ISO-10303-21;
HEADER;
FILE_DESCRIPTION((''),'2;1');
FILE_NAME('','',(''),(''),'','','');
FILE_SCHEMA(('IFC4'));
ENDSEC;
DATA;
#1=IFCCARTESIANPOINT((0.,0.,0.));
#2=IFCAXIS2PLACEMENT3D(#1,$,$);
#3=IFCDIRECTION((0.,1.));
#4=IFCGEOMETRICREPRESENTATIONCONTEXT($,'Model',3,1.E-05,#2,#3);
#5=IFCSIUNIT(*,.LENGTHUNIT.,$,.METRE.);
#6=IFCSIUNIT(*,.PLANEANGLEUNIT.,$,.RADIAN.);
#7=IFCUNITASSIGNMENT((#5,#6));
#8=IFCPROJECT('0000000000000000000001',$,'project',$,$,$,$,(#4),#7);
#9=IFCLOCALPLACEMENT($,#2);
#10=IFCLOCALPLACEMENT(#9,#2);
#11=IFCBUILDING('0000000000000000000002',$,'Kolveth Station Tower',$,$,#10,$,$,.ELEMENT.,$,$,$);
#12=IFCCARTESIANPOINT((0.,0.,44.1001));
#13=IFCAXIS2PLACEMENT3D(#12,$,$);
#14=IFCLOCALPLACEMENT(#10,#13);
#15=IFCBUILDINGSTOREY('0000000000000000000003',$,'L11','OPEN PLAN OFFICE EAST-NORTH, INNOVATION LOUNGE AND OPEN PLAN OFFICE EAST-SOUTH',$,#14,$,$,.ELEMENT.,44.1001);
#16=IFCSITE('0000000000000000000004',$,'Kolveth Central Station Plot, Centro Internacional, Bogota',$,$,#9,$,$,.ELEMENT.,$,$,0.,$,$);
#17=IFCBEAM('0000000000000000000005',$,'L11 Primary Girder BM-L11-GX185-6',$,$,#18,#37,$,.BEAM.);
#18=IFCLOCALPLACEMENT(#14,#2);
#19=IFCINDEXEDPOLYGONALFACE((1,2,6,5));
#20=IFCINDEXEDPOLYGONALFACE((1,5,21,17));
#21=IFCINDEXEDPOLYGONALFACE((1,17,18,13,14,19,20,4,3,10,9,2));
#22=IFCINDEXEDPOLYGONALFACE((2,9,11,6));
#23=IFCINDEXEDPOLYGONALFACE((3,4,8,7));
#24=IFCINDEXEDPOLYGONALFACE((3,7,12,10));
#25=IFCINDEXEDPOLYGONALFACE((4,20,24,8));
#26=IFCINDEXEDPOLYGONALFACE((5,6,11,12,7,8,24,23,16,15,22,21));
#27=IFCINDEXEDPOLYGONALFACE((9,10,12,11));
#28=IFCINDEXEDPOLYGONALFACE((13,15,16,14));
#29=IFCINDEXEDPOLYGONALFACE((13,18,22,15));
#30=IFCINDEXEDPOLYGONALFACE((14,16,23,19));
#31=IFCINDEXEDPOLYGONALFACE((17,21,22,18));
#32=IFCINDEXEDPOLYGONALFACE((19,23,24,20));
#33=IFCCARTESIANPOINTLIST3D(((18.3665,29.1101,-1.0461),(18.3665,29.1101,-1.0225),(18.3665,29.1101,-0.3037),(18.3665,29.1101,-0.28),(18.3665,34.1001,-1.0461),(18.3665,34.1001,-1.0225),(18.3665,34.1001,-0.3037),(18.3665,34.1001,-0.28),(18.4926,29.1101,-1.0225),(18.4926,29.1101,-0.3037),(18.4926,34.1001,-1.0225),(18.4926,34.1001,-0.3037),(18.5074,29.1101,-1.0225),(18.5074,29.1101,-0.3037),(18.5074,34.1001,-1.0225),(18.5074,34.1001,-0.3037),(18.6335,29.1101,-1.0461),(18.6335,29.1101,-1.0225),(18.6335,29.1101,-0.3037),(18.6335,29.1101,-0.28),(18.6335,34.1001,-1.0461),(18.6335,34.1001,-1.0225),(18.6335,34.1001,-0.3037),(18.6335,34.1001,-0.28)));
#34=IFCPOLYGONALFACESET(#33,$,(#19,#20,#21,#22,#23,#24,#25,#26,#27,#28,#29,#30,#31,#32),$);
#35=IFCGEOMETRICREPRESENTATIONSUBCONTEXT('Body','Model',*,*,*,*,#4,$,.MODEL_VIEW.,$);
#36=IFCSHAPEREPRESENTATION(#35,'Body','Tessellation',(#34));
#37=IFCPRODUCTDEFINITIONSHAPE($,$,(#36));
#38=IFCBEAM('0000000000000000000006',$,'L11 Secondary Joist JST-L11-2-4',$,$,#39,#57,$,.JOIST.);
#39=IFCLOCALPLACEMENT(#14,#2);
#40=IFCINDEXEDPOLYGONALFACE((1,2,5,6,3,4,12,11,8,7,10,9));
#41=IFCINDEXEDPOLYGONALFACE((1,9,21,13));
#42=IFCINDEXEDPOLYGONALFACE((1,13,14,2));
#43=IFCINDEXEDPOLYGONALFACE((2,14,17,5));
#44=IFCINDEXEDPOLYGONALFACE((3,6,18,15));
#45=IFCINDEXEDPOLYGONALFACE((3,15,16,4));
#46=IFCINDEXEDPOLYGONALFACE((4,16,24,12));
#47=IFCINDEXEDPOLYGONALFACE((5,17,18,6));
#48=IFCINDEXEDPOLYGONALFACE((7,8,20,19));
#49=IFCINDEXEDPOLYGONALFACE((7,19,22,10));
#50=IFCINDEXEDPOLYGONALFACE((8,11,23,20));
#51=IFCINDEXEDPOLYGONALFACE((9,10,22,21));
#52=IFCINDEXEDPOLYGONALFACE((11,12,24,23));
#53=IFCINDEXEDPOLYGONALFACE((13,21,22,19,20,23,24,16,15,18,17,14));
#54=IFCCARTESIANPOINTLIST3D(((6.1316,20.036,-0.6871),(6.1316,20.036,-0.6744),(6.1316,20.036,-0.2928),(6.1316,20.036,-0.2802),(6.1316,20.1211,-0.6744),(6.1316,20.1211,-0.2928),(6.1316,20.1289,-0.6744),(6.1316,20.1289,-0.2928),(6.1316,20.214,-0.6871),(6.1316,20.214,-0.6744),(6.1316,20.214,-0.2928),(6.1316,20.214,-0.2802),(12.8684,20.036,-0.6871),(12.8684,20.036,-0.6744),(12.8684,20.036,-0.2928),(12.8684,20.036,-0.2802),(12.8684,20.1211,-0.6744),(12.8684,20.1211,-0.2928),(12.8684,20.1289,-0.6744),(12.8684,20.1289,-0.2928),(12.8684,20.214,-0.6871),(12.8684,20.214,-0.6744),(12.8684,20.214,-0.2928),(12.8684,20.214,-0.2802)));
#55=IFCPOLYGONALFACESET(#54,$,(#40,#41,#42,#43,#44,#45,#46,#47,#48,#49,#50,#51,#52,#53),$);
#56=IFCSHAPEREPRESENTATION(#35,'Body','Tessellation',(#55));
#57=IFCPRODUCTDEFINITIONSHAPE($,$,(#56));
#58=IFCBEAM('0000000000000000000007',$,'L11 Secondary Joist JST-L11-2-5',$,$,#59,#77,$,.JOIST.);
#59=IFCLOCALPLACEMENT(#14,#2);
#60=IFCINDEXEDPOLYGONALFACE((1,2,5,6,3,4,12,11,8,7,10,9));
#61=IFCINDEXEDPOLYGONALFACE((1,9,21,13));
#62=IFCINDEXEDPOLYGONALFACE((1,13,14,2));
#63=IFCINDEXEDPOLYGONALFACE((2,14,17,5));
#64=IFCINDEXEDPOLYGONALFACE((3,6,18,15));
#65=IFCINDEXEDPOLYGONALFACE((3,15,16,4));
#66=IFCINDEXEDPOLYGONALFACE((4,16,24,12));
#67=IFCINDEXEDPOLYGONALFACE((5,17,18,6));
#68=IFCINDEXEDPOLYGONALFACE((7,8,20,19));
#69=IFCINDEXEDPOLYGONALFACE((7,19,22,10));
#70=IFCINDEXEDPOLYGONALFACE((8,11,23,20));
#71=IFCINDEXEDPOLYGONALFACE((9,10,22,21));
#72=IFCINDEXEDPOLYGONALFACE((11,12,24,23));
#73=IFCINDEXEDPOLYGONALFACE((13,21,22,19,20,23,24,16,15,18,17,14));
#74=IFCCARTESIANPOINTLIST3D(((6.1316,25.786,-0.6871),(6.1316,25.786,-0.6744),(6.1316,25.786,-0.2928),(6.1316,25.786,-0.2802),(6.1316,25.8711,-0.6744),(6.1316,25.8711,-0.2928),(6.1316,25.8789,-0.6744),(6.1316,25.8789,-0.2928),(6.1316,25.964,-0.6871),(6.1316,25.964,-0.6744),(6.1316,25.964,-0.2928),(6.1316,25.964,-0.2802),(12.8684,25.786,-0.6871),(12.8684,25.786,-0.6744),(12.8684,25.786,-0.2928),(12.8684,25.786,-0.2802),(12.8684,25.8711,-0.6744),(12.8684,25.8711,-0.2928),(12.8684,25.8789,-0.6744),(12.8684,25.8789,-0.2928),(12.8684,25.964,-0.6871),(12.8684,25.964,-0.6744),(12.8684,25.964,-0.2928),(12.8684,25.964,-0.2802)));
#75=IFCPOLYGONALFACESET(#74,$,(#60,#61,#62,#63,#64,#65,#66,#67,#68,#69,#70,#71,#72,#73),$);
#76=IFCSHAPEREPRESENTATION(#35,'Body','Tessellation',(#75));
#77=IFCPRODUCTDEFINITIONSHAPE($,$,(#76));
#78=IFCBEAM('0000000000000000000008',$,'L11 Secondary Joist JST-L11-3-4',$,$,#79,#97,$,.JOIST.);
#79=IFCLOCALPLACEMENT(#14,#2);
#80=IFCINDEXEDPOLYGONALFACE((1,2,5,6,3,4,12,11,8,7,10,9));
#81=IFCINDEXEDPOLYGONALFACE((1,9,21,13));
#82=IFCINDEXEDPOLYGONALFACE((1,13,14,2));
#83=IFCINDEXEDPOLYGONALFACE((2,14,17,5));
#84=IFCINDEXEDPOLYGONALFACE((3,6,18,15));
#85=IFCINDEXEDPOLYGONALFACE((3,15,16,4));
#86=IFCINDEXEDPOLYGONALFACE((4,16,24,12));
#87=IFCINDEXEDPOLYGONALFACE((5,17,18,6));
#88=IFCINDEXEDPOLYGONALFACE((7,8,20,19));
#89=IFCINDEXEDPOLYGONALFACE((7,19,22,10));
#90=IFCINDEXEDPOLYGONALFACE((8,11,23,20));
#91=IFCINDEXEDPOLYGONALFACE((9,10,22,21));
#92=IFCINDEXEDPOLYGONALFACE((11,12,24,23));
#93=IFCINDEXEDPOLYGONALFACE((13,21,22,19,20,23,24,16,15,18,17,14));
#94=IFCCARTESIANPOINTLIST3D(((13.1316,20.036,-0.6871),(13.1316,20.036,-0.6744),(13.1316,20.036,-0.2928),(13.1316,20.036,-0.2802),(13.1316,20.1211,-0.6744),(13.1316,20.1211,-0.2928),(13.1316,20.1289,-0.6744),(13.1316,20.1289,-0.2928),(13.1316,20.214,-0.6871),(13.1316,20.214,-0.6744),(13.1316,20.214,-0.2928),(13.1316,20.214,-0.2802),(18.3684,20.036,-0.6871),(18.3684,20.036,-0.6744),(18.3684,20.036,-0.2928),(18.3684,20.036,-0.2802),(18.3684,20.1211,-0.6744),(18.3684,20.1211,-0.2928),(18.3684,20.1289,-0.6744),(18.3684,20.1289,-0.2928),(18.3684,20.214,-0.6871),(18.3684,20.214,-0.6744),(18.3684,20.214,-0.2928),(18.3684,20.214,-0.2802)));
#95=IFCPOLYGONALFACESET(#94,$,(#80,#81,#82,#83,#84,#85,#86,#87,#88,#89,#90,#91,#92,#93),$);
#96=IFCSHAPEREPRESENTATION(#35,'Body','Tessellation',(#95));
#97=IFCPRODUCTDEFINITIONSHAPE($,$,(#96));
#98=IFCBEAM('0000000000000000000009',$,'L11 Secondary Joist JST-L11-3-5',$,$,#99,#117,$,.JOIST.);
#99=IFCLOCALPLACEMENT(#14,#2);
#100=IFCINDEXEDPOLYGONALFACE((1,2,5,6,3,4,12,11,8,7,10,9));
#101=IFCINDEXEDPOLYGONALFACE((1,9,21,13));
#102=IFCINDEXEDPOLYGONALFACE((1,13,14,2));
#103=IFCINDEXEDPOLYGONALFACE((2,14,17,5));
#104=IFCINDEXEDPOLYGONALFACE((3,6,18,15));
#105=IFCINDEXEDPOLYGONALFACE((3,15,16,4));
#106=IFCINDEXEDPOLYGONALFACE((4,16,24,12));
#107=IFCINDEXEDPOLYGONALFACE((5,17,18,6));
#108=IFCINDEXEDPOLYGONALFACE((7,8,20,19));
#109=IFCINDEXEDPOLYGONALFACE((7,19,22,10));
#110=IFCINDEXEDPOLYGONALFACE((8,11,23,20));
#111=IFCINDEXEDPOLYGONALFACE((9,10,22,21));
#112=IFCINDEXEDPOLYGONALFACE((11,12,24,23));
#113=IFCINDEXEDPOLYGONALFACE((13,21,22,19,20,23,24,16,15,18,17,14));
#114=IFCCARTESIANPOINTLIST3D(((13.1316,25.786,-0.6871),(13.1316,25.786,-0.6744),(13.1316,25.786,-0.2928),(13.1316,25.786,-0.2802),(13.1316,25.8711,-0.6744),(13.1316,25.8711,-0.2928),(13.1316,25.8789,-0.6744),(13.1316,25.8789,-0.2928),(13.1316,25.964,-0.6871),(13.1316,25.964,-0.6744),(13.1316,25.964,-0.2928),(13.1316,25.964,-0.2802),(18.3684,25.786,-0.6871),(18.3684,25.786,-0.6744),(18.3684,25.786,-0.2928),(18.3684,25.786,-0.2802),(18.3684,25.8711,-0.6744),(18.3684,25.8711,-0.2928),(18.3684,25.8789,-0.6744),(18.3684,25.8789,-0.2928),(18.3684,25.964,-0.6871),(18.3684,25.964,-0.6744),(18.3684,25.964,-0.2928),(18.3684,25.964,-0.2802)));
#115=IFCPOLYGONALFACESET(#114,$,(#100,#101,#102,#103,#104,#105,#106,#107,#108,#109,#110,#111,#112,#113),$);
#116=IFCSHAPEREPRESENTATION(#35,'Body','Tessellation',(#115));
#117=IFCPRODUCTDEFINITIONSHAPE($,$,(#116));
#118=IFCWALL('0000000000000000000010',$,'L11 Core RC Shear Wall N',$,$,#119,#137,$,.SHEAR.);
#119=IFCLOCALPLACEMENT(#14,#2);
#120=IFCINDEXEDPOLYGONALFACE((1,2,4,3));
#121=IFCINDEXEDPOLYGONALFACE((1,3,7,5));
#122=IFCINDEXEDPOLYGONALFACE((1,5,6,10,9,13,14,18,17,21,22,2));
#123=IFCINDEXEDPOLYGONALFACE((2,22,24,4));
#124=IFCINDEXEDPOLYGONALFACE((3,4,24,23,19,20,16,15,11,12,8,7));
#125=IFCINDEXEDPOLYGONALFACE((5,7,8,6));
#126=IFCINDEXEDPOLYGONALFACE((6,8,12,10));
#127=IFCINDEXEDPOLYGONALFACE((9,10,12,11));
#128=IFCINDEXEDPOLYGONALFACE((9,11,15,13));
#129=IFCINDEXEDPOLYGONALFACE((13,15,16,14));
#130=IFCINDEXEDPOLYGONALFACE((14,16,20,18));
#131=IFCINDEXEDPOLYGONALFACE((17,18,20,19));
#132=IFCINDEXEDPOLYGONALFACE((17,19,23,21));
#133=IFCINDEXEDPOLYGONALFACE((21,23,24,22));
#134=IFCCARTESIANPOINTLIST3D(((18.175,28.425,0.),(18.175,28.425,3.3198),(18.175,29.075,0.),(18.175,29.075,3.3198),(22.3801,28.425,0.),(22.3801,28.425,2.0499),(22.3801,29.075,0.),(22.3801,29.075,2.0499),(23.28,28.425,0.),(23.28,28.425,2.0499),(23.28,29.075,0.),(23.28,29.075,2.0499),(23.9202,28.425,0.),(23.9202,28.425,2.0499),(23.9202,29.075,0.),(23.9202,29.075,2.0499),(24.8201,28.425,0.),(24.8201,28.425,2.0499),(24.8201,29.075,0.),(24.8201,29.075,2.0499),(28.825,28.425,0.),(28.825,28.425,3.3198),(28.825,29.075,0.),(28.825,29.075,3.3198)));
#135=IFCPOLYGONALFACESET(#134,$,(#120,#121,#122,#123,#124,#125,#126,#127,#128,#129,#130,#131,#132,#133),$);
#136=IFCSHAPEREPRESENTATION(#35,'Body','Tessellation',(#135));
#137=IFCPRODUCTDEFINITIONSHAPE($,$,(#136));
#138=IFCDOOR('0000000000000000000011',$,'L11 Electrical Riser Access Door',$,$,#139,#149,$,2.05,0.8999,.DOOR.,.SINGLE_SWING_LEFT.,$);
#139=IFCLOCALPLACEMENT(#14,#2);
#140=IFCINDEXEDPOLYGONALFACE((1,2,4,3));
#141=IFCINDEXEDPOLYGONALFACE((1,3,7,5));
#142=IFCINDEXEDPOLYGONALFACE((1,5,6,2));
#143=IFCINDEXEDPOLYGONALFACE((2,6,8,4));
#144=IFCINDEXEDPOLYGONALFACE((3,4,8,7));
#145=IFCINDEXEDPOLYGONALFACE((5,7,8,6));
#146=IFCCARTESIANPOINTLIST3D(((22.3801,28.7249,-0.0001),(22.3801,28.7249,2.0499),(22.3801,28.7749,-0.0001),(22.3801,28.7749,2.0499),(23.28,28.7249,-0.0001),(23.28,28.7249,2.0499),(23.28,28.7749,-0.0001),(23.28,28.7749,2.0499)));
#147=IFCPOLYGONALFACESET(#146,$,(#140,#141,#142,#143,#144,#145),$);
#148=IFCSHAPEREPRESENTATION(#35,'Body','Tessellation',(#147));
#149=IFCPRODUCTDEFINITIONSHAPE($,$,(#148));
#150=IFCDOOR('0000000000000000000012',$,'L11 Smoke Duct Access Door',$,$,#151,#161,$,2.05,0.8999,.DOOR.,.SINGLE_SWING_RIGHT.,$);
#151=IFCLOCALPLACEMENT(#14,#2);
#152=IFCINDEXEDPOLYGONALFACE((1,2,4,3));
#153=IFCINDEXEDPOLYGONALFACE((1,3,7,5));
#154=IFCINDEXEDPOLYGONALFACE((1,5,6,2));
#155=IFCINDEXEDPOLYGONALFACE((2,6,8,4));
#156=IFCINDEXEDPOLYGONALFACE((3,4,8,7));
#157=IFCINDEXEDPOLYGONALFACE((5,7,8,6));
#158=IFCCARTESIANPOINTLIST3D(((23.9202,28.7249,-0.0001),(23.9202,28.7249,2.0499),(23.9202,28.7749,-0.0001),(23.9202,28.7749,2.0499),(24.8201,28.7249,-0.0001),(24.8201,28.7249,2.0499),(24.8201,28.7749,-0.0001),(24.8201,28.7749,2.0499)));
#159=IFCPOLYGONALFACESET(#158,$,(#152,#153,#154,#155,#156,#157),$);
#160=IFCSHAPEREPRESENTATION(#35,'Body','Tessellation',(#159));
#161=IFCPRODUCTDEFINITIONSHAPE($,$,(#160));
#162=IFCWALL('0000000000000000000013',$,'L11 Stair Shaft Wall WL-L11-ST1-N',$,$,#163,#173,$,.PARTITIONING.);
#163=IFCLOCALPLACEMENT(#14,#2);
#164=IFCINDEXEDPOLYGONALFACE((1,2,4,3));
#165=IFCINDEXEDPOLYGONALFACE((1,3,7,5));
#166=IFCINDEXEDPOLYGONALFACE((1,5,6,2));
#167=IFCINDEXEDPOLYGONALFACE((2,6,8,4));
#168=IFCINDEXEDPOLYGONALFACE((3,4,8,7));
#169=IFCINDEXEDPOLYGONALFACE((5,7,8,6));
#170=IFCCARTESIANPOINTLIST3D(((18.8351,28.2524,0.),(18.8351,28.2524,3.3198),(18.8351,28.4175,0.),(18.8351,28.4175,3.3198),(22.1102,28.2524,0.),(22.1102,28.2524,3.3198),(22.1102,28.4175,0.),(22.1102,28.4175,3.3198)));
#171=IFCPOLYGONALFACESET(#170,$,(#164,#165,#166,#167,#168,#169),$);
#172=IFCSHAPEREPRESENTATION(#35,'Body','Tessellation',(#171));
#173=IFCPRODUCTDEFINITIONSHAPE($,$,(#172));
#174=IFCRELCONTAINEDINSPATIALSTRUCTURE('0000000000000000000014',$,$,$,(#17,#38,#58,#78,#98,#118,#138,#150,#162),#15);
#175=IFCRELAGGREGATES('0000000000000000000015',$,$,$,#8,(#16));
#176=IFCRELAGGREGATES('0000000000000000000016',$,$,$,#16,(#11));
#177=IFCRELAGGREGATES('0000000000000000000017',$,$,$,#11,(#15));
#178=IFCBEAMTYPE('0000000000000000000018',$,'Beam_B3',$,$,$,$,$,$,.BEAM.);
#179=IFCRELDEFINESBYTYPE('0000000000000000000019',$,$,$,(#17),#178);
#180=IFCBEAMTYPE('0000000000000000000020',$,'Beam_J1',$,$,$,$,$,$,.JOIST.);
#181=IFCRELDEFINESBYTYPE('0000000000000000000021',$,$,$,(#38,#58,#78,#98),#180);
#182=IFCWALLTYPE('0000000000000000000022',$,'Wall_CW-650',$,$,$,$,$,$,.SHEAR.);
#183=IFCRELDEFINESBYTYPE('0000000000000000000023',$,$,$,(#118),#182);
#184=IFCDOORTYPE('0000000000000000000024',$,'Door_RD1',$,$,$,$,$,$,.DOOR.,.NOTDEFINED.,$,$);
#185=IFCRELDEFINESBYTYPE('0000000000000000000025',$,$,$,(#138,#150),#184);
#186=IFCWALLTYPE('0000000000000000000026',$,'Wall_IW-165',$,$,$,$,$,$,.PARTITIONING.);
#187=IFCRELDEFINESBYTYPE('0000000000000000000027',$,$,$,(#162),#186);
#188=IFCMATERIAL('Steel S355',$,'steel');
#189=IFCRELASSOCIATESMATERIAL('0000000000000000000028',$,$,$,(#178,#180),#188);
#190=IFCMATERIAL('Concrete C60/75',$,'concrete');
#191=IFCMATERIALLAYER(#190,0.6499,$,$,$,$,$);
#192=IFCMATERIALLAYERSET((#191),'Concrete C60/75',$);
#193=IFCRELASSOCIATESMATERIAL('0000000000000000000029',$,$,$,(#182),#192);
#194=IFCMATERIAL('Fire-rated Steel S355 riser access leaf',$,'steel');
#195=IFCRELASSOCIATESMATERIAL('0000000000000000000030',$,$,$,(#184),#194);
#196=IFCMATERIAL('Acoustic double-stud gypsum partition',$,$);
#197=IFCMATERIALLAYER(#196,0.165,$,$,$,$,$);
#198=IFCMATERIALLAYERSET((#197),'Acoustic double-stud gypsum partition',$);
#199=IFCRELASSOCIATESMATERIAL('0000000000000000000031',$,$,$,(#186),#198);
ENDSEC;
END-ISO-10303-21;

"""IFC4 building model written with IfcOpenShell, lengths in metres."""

from ifc_helpers import new_model, si_unit, direction, frame, frame_2d, origin, origin_2d, place, context, subcontext, project, spatial, rectangle, i_section, extrude, source, transform, mapped, material, layer, layer_set, material_profile, profile_set, type_object, element, fill, save


model = new_model("IFC4")

# Units and contexts
model_context = context("Model", 3, precision=1e-05, world=origin(), true_north=direction((0.0, 1.0)))
body_context = subcontext(model_context, "Body", "Model", "MODEL_VIEW")
ifc_project = project(units=[si_unit("LENGTHUNIT", "METRE"), si_unit("PLANEANGLEUNIT", "RADIAN")], contexts=[model_context])

# Site, building, storey
site_placement = place(None, origin())
site = spatial("IfcSite", under=ifc_project, at=site_placement, Name="Kolveth Central Station Plot, Centro Internacional, Bogota", CompositionType="ELEMENT", RefElevation=0.0)
building_placement = place(site_placement, origin())
building = spatial("IfcBuilding", under=site, at=building_placement, Name="Kolveth Station Tower", CompositionType="ELEMENT")
storey_placement = place(building_placement, frame((0.0, 0.0, 44.1001)))
storey = spatial("IfcBuildingStorey", under=building, at=storey_placement, Name="L11", Description="OPEN PLAN OFFICE EAST-NORTH, INNOVATION LOUNGE AND OPEN PLAN OFFICE EAST-SOUTH", CompositionType="ELEMENT", Elevation=44.1001)

# Beams
ifc_material_1 = material(Name="Steel S355", Category="steel")
ifc_material_profile_1 = material_profile(ifc_material_1, i_section(OverallWidth=0.2671, OverallDepth=0.7661, WebThickness=0.0149, FlangeThickness=0.0237, at=origin_2d()), Name="W760x185")
ifc_profile_set_1 = profile_set([ifc_material_profile_1], Name="Steel S355")
beam_type_1 = type_object("IfcBeamType", Name="Beam_B3", PredefinedType="BEAM", material=ifc_profile_set_1)
shared_shape_1 = source(origin(), body_context, "Body", "SweptSolid", [
    extrude(i_section(OverallWidth=0.2671, OverallDepth=0.7661, WebThickness=0.0149, FlangeThickness=0.0237, at=origin_2d()), origin(), (0.0, 0.0, 1.0), 4.99),
])
beam_1_placement = place(storey_placement, frame((18.5, 29.1101, -0.6631), z_axis=(0.0, 1.0, 0.0), x_axis=(-1.0, 0.0, 0.0)))
element("IfcBeam", 1, at=beam_1_placement, inside=storey, type_object=beam_type_1, Name="L11 Primary Girder BM-L11-GX185-6", PredefinedType="BEAM", context=body_context, shape_type="MappedRepresentation", body=[
    mapped(shared_shape_1, transform((0.0, 0.0, 0.0), x_axis=(1.0, 0.0, 0.0), y_axis=(0.0, 1.0, 0.0), z_axis=(0.0, 0.0, 1.0), scale=1.0)),
])
ifc_material_profile_2 = material_profile(ifc_material_1, i_section(OverallWidth=0.178, OverallDepth=0.407, WebThickness=0.0078, FlangeThickness=0.0127, at=origin_2d()), Name="W410x60")
ifc_profile_set_2 = profile_set([ifc_material_profile_2], Name="Steel S355")
beam_type_2 = type_object("IfcBeamType", Name="Beam_J1", PredefinedType="JOIST", material=ifc_profile_set_2)
shared_shape_2 = source(origin(), body_context, "Body", "SweptSolid", [
    extrude(i_section(OverallWidth=0.178, OverallDepth=0.407, WebThickness=0.0078, FlangeThickness=0.0127, at=origin_2d()), origin(), (0.0, 0.0, 1.0), 6.7368),
])
for number, where, z_axis, x_axis, name in (
    (2, (6.1316, 20.125, -0.4836), (1.0, 0.0, 0.0), (0.0, 1.0, 0.0), "L11 Secondary Joist JST-L11-2-4"),
    (3, (6.1316, 25.875, -0.4836), (1.0, 0.0, 0.0), (0.0, 1.0, 0.0), "L11 Secondary Joist JST-L11-2-5"),
):
    element("IfcBeam", number, at=place(storey_placement, frame(where, z_axis=z_axis, x_axis=x_axis)), inside=storey, type_object=beam_type_2, Name=name, PredefinedType="JOIST", context=body_context, shape_type="MappedRepresentation", body=[
        mapped(shared_shape_2, transform((0.0, 0.0, 0.0), x_axis=(1.0, 0.0, 0.0), y_axis=(0.0, 1.0, 0.0), z_axis=(0.0, 0.0, 1.0), scale=1.0)),
    ])
shared_shape_3 = source(origin(), body_context, "Body", "SweptSolid", [
    extrude(i_section(OverallWidth=0.178, OverallDepth=0.407, WebThickness=0.0078, FlangeThickness=0.0127, at=origin_2d()), origin(), (0.0, 0.0, 1.0), 5.2368),
])
for number, where, z_axis, x_axis, name in (
    (4, (13.1316, 20.125, -0.4836), (1.0, 0.0, 0.0), (0.0, 1.0, 0.0), "L11 Secondary Joist JST-L11-3-4"),
    (5, (13.1316, 25.875, -0.4836), (1.0, 0.0, 0.0), (0.0, 1.0, 0.0), "L11 Secondary Joist JST-L11-3-5"),
):
    element("IfcBeam", number, at=place(storey_placement, frame(where, z_axis=z_axis, x_axis=x_axis)), inside=storey, type_object=beam_type_2, Name=name, PredefinedType="JOIST", context=body_context, shape_type="MappedRepresentation", body=[
        mapped(shared_shape_3, transform((0.0, 0.0, 0.0), x_axis=(1.0, 0.0, 0.0), y_axis=(0.0, 1.0, 0.0), z_axis=(0.0, 0.0, 1.0), scale=1.0)),
    ])

# Wall, openings, doors
ifc_material_2 = material(Name="Concrete C60/75", Category="concrete")
ifc_layer_1 = layer(ifc_material_2, 0.6499)
ifc_layer_set_1 = layer_set([ifc_layer_1], Name="Concrete C60/75")
wall_type_1 = type_object("IfcWallType", Name="Wall_CW-650", PredefinedType="SHEAR", material=ifc_layer_set_1)
wall_1_placement = place(storey_placement, frame((18.175, 28.75, 0.0), z_axis=(0.0, 0.0, 1.0), x_axis=(1.0, 0.0, 0.0)))
wall_1 = element("IfcWall", 6, at=wall_1_placement, inside=storey, type_object=wall_type_1, Name="L11 Core RC Shear Wall N", PredefinedType="SHEAR", context=body_context, shape_type="SweptSolid", body=[
    extrude(rectangle(XDim=10.6499, YDim=0.6499, at=frame_2d((5.325, 0.0))), origin(), (0.0, 0.0, 1.0), 3.3198),
])
opening_1_placement = place(wall_1_placement, frame((4.2051, 0.0, 0.0)))
opening_1 = element("IfcOpeningElement", 7, at=opening_1_placement, cuts=wall_1, PredefinedType="OPENING", context=body_context, shape_type="SweptSolid", body=[
    extrude(rectangle(XDim=0.8999, YDim=2.05, at=frame_2d((0.45, 1.0249))), frame((0.0, 0.335, 0.0), z_axis=(0.0, -1.0, 0.0), x_axis=(1.0, 0.0, 0.0)), (0.0, 0.0, 1.0), 0.6699),
])
opening_2_placement = place(wall_1_placement, frame((5.7451, 0.0, 0.0)))
opening_2 = element("IfcOpeningElement", 8, at=opening_2_placement, cuts=wall_1, PredefinedType="OPENING", context=body_context, shape_type="SweptSolid", body=[
    extrude(rectangle(XDim=0.8999, YDim=2.05, at=frame_2d((0.45, 1.0249))), frame((0.0, 0.335, 0.0), z_axis=(0.0, -1.0, 0.0), x_axis=(1.0, 0.0, 0.0)), (0.0, 0.0, 1.0), 0.6699),
])
ifc_material_3 = material(Name="Fire-rated Steel S355 riser access leaf", Category="steel")
door_type_1 = type_object("IfcDoorType", Name="Door_RD1", OperationType="NOTDEFINED", PredefinedType="DOOR", material=ifc_material_3)
door_1_placement = place(opening_1_placement, origin())
door_1 = element("IfcDoor", 9, at=door_1_placement, inside=storey, type_object=door_type_1, Name="L11 Electrical Riser Access Door", OperationType="SINGLE_SWING_LEFT", OverallHeight=2.05, OverallWidth=0.8999, PredefinedType="DOOR", context=body_context, shape_type="SweptSolid", body=[
    extrude(rectangle(XDim=0.8999, YDim=2.05, at=frame_2d((0.45, 1.0249))), frame((0.0, 0.0249, 0.0), z_axis=(0.0, -1.0, 0.0), x_axis=(1.0, 0.0, 0.0)), (0.0, 0.0, 1.0), 0.05),
])
fill(opening_1, door_1)
door_2_placement = place(opening_2_placement, origin())
door_2 = element("IfcDoor", 10, at=door_2_placement, inside=storey, type_object=door_type_1, Name="L11 Smoke Duct Access Door", OperationType="SINGLE_SWING_RIGHT", OverallHeight=2.05, OverallWidth=0.8999, PredefinedType="DOOR", context=body_context, shape_type="SweptSolid", body=[
    extrude(rectangle(XDim=0.8999, YDim=2.05, at=frame_2d((0.45, 1.0249))), frame((0.0, 0.0249, 0.0), z_axis=(0.0, -1.0, 0.0), x_axis=(1.0, 0.0, 0.0)), (0.0, 0.0, 1.0), 0.05),
])
fill(opening_2, door_2)

# Wall
ifc_material_4 = material(Name="Acoustic double-stud gypsum partition")
ifc_layer_2 = layer(ifc_material_4, 0.165)
ifc_layer_set_2 = layer_set([ifc_layer_2], Name="Acoustic double-stud gypsum partition")
wall_type_2 = type_object("IfcWallType", Name="Wall_IW-165", PredefinedType="PARTITIONING", material=ifc_layer_set_2)
wall_2_placement = place(storey_placement, frame((18.835, 28.335, 0.0), z_axis=(0.0, 0.0, 1.0), x_axis=(1.0, 0.0, 0.0)))
element("IfcWall", 11, at=wall_2_placement, inside=storey, type_object=wall_type_2, Name="L11 Stair Shaft Wall WL-L11-ST1-N", PredefinedType="PARTITIONING", context=body_context, shape_type="SweptSolid", body=[
    extrude(rectangle(XDim=3.2751, YDim=0.165, at=frame_2d((1.6377, 0.0))), origin(), (0.0, 0.0, 1.0), 3.3198),
])

save(model, "model.ifc")
